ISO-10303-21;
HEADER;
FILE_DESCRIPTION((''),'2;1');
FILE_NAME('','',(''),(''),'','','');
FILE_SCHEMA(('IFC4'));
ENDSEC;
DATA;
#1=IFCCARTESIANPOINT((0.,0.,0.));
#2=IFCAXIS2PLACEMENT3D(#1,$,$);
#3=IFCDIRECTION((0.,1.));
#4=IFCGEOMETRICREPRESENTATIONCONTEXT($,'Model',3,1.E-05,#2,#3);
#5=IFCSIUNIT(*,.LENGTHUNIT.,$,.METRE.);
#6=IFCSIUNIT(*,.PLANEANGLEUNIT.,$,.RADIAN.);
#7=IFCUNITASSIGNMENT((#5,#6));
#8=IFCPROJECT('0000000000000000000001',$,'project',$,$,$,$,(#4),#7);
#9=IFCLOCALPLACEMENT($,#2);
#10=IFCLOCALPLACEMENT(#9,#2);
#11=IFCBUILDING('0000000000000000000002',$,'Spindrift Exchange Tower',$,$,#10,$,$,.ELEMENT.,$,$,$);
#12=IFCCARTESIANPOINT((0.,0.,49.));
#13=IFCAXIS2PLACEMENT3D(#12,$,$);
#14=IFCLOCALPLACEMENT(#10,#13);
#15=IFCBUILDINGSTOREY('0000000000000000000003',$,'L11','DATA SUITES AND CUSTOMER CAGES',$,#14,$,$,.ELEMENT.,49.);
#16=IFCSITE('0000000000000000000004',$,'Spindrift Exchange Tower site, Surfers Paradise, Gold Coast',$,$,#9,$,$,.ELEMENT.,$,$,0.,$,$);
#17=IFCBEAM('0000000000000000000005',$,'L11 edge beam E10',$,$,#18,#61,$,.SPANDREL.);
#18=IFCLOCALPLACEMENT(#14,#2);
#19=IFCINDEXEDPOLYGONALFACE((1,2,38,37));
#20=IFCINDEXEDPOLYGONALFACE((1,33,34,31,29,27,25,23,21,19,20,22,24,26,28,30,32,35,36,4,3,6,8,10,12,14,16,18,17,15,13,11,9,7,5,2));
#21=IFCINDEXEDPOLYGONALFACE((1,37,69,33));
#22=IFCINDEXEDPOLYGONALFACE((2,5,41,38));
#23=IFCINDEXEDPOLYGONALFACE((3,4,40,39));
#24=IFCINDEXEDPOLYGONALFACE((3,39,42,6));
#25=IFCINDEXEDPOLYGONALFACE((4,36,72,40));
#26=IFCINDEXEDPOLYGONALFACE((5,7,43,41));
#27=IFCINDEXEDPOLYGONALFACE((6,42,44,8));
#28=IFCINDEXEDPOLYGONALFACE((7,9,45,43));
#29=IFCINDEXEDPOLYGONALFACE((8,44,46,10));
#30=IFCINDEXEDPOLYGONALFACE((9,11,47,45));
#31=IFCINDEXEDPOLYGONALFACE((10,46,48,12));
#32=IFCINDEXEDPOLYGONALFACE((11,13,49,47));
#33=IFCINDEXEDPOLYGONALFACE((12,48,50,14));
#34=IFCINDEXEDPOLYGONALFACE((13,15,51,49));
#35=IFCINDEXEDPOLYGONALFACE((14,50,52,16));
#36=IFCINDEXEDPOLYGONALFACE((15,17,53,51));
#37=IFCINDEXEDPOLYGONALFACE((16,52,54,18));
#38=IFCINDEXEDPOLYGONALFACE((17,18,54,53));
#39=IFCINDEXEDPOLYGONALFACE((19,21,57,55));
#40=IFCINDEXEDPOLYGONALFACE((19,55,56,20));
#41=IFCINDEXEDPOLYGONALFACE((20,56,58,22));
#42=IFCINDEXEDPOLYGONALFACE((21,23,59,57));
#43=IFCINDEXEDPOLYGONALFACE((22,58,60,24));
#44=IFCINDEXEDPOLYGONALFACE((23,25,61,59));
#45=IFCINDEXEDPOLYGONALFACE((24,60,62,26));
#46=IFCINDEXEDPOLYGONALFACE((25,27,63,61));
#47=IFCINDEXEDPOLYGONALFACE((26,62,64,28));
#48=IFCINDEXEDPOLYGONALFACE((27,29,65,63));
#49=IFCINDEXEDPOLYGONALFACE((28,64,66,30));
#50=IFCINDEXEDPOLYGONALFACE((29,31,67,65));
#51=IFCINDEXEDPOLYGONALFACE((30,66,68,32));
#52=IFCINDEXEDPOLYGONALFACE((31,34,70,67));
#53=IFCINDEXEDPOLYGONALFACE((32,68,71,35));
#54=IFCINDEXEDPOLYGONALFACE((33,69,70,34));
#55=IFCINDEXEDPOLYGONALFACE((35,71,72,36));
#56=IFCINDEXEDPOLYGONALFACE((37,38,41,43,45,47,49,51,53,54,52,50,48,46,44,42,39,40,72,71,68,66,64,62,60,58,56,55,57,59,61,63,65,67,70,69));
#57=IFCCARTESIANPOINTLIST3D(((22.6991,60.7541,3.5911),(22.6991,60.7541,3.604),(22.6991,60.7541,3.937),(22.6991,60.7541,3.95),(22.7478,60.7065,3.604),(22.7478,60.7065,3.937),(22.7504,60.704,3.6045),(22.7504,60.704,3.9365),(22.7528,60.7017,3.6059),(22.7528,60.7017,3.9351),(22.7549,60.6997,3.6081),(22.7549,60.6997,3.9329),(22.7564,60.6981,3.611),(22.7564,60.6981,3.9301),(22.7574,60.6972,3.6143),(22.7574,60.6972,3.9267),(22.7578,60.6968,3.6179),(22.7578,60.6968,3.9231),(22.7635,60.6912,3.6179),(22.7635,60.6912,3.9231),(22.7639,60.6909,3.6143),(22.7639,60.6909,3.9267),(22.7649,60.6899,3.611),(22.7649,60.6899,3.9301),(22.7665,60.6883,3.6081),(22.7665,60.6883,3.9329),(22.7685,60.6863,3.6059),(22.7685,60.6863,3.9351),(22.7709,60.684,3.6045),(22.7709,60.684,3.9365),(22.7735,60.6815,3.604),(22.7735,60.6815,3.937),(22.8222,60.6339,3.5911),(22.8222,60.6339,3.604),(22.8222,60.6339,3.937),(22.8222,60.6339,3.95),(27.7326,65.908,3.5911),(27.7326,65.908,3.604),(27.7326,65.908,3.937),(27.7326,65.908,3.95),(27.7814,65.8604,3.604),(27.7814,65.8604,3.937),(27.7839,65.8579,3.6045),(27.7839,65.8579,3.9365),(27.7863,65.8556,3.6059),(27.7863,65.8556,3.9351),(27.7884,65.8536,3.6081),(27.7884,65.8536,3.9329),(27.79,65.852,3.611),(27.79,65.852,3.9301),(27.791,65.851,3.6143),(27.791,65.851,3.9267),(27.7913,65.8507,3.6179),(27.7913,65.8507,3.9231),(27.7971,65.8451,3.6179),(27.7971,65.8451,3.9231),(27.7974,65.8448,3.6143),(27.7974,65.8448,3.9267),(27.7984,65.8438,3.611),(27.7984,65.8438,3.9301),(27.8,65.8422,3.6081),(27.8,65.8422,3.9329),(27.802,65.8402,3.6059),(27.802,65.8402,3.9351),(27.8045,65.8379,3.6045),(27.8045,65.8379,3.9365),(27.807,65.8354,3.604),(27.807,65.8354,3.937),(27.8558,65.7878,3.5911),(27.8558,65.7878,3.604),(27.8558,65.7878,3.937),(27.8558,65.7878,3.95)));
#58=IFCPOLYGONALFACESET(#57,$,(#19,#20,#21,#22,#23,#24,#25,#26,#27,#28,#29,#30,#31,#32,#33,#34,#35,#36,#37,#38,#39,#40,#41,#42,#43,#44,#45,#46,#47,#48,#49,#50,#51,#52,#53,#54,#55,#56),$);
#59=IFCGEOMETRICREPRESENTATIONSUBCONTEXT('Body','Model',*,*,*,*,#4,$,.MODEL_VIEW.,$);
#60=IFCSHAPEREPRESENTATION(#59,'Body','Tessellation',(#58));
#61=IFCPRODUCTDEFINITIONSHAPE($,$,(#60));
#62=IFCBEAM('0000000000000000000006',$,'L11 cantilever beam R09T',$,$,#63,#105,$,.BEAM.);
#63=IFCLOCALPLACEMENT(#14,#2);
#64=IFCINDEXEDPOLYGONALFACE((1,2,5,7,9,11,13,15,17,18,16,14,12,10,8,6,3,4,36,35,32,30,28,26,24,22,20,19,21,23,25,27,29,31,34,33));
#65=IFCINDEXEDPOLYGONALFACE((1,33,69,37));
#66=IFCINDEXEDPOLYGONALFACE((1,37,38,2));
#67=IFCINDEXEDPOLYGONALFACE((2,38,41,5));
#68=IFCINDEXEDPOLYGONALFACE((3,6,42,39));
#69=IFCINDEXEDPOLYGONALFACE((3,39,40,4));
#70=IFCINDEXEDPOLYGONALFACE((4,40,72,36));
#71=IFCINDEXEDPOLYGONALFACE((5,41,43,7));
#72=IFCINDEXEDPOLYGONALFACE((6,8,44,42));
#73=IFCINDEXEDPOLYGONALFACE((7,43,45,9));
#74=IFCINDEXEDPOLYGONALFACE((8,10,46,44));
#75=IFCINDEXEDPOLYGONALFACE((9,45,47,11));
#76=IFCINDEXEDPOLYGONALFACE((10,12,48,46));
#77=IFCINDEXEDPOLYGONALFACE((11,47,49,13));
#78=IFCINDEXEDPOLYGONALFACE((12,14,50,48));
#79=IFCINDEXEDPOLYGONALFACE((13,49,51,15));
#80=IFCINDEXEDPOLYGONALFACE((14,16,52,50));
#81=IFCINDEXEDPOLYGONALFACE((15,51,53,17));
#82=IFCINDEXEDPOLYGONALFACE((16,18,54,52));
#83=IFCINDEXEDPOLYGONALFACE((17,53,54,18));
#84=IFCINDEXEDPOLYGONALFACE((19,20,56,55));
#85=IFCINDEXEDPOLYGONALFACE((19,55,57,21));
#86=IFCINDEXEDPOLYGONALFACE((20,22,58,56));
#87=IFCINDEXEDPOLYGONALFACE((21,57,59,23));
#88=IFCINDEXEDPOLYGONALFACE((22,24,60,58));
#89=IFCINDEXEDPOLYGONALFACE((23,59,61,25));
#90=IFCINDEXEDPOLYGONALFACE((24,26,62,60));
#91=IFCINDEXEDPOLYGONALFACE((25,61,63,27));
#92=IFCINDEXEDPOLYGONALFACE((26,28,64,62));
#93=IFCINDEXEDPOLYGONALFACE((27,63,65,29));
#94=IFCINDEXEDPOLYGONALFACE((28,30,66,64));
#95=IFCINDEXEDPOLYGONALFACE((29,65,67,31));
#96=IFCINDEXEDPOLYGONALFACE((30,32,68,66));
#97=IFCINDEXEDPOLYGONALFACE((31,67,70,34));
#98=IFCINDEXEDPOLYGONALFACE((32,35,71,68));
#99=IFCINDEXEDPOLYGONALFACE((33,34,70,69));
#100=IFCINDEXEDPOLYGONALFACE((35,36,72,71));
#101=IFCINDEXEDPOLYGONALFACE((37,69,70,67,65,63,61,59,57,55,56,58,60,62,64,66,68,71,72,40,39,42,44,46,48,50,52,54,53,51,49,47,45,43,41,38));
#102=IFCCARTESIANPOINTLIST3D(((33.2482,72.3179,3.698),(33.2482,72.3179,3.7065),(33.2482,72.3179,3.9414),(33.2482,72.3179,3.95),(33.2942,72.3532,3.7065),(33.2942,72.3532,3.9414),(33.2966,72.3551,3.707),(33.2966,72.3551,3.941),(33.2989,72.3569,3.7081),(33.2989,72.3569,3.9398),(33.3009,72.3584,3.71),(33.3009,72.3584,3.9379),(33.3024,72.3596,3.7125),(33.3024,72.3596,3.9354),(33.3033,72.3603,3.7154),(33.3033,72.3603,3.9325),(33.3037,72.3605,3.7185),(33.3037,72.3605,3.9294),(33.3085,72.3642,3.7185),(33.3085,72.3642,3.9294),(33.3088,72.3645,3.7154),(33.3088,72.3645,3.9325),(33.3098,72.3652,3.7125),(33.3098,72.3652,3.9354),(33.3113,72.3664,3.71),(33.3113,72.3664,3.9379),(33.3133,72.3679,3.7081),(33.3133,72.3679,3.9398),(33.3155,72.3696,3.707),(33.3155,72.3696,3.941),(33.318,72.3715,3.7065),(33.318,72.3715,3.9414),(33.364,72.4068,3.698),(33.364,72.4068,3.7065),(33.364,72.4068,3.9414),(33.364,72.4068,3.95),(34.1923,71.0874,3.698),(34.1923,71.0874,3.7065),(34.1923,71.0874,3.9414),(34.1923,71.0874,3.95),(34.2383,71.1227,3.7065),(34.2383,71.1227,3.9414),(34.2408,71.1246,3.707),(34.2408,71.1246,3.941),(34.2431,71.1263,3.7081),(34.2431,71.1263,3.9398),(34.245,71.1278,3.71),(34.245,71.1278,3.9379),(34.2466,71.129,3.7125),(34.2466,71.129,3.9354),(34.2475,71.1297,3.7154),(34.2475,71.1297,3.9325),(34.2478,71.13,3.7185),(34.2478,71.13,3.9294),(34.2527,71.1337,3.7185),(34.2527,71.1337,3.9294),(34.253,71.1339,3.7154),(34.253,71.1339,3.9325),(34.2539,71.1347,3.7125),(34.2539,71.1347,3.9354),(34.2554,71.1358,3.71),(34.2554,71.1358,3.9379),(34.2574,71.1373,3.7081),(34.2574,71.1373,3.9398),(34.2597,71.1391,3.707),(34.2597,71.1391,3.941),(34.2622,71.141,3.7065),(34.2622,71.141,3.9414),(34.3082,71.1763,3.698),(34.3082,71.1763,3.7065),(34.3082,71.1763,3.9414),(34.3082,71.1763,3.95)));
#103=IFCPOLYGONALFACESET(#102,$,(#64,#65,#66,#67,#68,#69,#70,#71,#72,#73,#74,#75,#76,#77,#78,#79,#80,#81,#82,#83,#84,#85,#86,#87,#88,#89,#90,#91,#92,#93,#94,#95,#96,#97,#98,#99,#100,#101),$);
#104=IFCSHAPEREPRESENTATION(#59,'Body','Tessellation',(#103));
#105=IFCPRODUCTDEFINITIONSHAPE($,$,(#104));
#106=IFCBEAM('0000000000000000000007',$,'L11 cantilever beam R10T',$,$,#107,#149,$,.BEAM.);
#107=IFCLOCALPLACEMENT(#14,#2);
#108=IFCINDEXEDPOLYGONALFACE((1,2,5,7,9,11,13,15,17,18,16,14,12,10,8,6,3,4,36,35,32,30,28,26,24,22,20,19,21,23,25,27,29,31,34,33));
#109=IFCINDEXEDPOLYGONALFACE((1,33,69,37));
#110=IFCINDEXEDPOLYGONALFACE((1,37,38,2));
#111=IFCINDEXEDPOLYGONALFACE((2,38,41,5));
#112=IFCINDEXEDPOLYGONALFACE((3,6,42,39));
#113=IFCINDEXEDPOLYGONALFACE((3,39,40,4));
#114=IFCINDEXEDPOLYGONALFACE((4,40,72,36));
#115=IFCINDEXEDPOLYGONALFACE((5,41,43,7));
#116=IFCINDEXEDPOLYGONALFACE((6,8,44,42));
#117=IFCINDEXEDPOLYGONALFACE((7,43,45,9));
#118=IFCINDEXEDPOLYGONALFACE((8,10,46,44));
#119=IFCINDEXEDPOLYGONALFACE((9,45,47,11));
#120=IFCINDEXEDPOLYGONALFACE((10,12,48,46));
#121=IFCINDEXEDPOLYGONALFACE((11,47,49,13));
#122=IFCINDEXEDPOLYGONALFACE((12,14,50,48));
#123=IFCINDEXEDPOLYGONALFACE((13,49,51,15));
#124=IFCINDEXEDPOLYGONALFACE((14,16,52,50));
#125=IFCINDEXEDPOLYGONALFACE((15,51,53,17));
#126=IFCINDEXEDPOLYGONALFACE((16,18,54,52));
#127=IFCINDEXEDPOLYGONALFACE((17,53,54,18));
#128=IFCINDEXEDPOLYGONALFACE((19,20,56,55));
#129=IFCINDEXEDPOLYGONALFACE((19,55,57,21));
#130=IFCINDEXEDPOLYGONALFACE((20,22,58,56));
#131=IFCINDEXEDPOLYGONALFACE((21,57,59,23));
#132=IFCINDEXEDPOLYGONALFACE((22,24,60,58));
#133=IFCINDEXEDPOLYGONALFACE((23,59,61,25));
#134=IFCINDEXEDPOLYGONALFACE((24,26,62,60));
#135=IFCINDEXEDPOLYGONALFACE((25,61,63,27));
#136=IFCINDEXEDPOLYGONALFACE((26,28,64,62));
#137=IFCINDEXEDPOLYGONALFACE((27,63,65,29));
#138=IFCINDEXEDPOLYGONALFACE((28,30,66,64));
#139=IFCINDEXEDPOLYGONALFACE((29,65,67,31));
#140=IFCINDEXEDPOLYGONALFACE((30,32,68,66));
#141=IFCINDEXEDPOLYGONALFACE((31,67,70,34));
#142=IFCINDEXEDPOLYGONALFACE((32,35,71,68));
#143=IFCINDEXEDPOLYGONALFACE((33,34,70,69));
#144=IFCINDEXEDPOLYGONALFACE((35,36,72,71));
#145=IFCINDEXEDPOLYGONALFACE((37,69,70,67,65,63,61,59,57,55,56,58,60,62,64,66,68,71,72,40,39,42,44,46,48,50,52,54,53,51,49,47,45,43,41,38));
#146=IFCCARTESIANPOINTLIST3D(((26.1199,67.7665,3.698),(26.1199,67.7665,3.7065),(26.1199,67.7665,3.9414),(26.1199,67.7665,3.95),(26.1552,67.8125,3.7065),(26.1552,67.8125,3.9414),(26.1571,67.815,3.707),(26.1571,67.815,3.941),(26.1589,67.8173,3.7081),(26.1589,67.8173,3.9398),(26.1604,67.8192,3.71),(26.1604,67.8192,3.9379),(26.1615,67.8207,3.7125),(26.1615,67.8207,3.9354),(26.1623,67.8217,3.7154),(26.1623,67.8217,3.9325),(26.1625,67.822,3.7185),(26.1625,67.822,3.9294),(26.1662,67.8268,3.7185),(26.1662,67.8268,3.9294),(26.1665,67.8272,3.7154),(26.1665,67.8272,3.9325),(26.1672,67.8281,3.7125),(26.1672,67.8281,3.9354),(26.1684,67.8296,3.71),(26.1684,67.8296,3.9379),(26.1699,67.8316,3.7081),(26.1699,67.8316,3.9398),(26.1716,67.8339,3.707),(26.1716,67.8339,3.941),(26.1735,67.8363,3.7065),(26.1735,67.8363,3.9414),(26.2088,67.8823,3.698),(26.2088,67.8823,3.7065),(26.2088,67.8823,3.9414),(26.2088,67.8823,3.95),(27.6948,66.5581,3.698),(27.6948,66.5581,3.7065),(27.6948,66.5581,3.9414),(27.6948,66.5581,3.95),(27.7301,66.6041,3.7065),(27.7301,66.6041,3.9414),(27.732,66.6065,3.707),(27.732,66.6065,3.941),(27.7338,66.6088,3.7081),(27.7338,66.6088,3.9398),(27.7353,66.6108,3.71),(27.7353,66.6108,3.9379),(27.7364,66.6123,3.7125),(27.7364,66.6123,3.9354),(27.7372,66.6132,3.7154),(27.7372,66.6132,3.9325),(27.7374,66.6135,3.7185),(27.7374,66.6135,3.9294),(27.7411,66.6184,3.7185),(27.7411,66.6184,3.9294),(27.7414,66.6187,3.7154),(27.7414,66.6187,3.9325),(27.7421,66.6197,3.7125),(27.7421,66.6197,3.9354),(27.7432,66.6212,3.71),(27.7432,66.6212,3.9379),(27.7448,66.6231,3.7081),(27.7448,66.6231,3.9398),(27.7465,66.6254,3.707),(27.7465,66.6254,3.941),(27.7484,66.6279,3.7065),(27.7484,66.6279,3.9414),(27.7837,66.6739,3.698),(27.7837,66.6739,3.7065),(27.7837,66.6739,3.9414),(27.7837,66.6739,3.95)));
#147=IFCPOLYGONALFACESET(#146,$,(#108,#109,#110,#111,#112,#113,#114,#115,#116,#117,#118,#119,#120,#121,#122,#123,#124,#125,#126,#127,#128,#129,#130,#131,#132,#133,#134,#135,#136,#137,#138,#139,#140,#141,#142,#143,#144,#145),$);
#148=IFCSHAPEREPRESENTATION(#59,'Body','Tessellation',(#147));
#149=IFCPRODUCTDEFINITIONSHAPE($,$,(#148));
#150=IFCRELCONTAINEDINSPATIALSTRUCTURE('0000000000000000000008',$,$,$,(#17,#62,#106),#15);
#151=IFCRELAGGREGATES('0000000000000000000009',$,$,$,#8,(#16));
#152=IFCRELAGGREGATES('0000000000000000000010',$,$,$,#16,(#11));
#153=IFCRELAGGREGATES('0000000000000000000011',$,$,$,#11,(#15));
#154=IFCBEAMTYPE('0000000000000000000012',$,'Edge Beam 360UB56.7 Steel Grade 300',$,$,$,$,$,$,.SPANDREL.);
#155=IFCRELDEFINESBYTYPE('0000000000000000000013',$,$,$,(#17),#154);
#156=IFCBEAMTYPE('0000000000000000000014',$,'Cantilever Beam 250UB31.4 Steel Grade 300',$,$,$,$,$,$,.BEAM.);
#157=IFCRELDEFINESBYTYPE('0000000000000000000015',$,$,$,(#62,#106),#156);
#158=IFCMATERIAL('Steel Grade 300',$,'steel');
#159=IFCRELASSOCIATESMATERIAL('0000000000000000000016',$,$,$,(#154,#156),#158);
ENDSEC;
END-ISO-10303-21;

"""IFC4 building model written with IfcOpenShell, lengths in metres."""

from ifc_helpers import new_model, si_unit, direction, frame, origin, origin_2d, place, context, subcontext, project, spatial, i_section, extrude, source, transform, mapped, material, material_profile, profile_set, type_object, element, save


model = new_model("IFC4")

# Units and contexts
model_context = context("Model", 3, precision=1e-05, world=origin(), true_north=direction((0.0, 1.0)))
body_context = subcontext(model_context, "Body", "Model", "MODEL_VIEW")
ifc_project = project(units=[si_unit("LENGTHUNIT", "METRE"), si_unit("PLANEANGLEUNIT", "RADIAN")], contexts=[model_context])

# Site, building, storey
site_placement = place(None, origin())
site = spatial("IfcSite", under=ifc_project, at=site_placement, Name="Spindrift Exchange Tower site, Surfers Paradise, Gold Coast", CompositionType="ELEMENT", RefElevation=0.0)
building_placement = place(site_placement, origin())
building = spatial("IfcBuilding", under=site, at=building_placement, Name="Spindrift Exchange Tower", CompositionType="ELEMENT")
storey_placement = place(building_placement, frame((0.0, 0.0, 49.0)))
storey = spatial("IfcBuildingStorey", under=building, at=storey_placement, Name="L11", Description="DATA SUITES AND CUSTOMER CAGES", CompositionType="ELEMENT", Elevation=49.0)

# Beams
ifc_material_1 = material(Name="Steel Grade 300", Category="steel")
ifc_material_profile_1 = material_profile(ifc_material_1, i_section(OverallWidth=0.1721, OverallDepth=0.3589, WebThickness=0.0081, FlangeThickness=0.0129, FilletRadius=0.0139, at=origin_2d()), Name="360UB56.7")
ifc_profile_set_1 = profile_set([ifc_material_profile_1], Name="Steel Grade 300")
beam_type_1 = type_object("IfcBeamType", Name="Edge Beam 360UB56.7 Steel Grade 300", PredefinedType="SPANDREL", material=ifc_profile_set_1)
shared_shape_1 = source(origin(), body_context, "Body", "SweptSolid", [
    extrude(i_section(OverallWidth=0.1721, OverallDepth=0.3589, WebThickness=0.0081, FlangeThickness=0.0129, FilletRadius=0.0139, at=origin_2d()), origin(), (0.0, 0.0, 1.0), 7.2041),
])
beam_1_placement = place(storey_placement, frame((27.7942, 65.8479, 3.7705), z_axis=(-0.698704, -0.715411, 0.0), x_axis=(0.715411, -0.698704, 0.0)))
element("IfcBeam", 1, at=beam_1_placement, inside=storey, type_object=beam_type_1, Name="L11 edge beam E10", PredefinedType="SPANDREL", context=body_context, shape_type="MappedRepresentation", body=[
    mapped(shared_shape_1, transform((0.0, 0.0, 0.0), scale=1.0)),
])
ifc_material_profile_2 = material_profile(ifc_material_1, i_section(OverallWidth=0.146, OverallDepth=0.252, WebThickness=0.0061, FlangeThickness=0.0085, FilletRadius=0.012, at=origin_2d()), Name="250UB31.4")
ifc_profile_set_2 = profile_set([ifc_material_profile_2], Name="Steel Grade 300")
beam_type_2 = type_object("IfcBeamType", Name="Cantilever Beam 250UB31.4 Steel Grade 300", PredefinedType="BEAM", material=ifc_profile_set_2)
shared_shape_2 = source(origin(), body_context, "Body", "SweptSolid", [
    extrude(i_section(OverallWidth=0.146, OverallDepth=0.252, WebThickness=0.0061, FlangeThickness=0.0085, FilletRadius=0.012, at=origin_2d()), origin(), (0.0, 0.0, 1.0), 1.551),
])
beam_2_placement = place(storey_placement, frame((34.2502, 71.1318, 3.824), z_axis=(-0.608729, 0.793378, 0.0), x_axis=(-0.793378, -0.608729, 0.0)))
element("IfcBeam", 2, at=beam_2_placement, inside=storey, type_object=beam_type_2, Name="L11 cantilever beam R09T", PredefinedType="BEAM", context=body_context, shape_type="MappedRepresentation", body=[
    mapped(shared_shape_2, transform((0.0, 0.0, 0.0), scale=1.0)),
])
shared_shape_3 = source(origin(), body_context, "Body", "SweptSolid", [
    extrude(i_section(OverallWidth=0.146, OverallDepth=0.252, WebThickness=0.0061, FlangeThickness=0.0085, FilletRadius=0.012, at=origin_2d()), origin(), (0.0, 0.0, 1.0), 1.9851),
])
beam_3_placement = place(storey_placement, frame((27.7393, 66.616, 3.824), z_axis=(-0.793355, 0.608759, 0.0), x_axis=(-0.608759, -0.793355, 0.0)))
element("IfcBeam", 3, at=beam_3_placement, inside=storey, type_object=beam_type_2, Name="L11 cantilever beam R10T", PredefinedType="BEAM", context=body_context, shape_type="MappedRepresentation", body=[
    mapped(shared_shape_3, transform((0.0, 0.0, 0.0), scale=1.0)),
])

save(model, "model.ifc")
